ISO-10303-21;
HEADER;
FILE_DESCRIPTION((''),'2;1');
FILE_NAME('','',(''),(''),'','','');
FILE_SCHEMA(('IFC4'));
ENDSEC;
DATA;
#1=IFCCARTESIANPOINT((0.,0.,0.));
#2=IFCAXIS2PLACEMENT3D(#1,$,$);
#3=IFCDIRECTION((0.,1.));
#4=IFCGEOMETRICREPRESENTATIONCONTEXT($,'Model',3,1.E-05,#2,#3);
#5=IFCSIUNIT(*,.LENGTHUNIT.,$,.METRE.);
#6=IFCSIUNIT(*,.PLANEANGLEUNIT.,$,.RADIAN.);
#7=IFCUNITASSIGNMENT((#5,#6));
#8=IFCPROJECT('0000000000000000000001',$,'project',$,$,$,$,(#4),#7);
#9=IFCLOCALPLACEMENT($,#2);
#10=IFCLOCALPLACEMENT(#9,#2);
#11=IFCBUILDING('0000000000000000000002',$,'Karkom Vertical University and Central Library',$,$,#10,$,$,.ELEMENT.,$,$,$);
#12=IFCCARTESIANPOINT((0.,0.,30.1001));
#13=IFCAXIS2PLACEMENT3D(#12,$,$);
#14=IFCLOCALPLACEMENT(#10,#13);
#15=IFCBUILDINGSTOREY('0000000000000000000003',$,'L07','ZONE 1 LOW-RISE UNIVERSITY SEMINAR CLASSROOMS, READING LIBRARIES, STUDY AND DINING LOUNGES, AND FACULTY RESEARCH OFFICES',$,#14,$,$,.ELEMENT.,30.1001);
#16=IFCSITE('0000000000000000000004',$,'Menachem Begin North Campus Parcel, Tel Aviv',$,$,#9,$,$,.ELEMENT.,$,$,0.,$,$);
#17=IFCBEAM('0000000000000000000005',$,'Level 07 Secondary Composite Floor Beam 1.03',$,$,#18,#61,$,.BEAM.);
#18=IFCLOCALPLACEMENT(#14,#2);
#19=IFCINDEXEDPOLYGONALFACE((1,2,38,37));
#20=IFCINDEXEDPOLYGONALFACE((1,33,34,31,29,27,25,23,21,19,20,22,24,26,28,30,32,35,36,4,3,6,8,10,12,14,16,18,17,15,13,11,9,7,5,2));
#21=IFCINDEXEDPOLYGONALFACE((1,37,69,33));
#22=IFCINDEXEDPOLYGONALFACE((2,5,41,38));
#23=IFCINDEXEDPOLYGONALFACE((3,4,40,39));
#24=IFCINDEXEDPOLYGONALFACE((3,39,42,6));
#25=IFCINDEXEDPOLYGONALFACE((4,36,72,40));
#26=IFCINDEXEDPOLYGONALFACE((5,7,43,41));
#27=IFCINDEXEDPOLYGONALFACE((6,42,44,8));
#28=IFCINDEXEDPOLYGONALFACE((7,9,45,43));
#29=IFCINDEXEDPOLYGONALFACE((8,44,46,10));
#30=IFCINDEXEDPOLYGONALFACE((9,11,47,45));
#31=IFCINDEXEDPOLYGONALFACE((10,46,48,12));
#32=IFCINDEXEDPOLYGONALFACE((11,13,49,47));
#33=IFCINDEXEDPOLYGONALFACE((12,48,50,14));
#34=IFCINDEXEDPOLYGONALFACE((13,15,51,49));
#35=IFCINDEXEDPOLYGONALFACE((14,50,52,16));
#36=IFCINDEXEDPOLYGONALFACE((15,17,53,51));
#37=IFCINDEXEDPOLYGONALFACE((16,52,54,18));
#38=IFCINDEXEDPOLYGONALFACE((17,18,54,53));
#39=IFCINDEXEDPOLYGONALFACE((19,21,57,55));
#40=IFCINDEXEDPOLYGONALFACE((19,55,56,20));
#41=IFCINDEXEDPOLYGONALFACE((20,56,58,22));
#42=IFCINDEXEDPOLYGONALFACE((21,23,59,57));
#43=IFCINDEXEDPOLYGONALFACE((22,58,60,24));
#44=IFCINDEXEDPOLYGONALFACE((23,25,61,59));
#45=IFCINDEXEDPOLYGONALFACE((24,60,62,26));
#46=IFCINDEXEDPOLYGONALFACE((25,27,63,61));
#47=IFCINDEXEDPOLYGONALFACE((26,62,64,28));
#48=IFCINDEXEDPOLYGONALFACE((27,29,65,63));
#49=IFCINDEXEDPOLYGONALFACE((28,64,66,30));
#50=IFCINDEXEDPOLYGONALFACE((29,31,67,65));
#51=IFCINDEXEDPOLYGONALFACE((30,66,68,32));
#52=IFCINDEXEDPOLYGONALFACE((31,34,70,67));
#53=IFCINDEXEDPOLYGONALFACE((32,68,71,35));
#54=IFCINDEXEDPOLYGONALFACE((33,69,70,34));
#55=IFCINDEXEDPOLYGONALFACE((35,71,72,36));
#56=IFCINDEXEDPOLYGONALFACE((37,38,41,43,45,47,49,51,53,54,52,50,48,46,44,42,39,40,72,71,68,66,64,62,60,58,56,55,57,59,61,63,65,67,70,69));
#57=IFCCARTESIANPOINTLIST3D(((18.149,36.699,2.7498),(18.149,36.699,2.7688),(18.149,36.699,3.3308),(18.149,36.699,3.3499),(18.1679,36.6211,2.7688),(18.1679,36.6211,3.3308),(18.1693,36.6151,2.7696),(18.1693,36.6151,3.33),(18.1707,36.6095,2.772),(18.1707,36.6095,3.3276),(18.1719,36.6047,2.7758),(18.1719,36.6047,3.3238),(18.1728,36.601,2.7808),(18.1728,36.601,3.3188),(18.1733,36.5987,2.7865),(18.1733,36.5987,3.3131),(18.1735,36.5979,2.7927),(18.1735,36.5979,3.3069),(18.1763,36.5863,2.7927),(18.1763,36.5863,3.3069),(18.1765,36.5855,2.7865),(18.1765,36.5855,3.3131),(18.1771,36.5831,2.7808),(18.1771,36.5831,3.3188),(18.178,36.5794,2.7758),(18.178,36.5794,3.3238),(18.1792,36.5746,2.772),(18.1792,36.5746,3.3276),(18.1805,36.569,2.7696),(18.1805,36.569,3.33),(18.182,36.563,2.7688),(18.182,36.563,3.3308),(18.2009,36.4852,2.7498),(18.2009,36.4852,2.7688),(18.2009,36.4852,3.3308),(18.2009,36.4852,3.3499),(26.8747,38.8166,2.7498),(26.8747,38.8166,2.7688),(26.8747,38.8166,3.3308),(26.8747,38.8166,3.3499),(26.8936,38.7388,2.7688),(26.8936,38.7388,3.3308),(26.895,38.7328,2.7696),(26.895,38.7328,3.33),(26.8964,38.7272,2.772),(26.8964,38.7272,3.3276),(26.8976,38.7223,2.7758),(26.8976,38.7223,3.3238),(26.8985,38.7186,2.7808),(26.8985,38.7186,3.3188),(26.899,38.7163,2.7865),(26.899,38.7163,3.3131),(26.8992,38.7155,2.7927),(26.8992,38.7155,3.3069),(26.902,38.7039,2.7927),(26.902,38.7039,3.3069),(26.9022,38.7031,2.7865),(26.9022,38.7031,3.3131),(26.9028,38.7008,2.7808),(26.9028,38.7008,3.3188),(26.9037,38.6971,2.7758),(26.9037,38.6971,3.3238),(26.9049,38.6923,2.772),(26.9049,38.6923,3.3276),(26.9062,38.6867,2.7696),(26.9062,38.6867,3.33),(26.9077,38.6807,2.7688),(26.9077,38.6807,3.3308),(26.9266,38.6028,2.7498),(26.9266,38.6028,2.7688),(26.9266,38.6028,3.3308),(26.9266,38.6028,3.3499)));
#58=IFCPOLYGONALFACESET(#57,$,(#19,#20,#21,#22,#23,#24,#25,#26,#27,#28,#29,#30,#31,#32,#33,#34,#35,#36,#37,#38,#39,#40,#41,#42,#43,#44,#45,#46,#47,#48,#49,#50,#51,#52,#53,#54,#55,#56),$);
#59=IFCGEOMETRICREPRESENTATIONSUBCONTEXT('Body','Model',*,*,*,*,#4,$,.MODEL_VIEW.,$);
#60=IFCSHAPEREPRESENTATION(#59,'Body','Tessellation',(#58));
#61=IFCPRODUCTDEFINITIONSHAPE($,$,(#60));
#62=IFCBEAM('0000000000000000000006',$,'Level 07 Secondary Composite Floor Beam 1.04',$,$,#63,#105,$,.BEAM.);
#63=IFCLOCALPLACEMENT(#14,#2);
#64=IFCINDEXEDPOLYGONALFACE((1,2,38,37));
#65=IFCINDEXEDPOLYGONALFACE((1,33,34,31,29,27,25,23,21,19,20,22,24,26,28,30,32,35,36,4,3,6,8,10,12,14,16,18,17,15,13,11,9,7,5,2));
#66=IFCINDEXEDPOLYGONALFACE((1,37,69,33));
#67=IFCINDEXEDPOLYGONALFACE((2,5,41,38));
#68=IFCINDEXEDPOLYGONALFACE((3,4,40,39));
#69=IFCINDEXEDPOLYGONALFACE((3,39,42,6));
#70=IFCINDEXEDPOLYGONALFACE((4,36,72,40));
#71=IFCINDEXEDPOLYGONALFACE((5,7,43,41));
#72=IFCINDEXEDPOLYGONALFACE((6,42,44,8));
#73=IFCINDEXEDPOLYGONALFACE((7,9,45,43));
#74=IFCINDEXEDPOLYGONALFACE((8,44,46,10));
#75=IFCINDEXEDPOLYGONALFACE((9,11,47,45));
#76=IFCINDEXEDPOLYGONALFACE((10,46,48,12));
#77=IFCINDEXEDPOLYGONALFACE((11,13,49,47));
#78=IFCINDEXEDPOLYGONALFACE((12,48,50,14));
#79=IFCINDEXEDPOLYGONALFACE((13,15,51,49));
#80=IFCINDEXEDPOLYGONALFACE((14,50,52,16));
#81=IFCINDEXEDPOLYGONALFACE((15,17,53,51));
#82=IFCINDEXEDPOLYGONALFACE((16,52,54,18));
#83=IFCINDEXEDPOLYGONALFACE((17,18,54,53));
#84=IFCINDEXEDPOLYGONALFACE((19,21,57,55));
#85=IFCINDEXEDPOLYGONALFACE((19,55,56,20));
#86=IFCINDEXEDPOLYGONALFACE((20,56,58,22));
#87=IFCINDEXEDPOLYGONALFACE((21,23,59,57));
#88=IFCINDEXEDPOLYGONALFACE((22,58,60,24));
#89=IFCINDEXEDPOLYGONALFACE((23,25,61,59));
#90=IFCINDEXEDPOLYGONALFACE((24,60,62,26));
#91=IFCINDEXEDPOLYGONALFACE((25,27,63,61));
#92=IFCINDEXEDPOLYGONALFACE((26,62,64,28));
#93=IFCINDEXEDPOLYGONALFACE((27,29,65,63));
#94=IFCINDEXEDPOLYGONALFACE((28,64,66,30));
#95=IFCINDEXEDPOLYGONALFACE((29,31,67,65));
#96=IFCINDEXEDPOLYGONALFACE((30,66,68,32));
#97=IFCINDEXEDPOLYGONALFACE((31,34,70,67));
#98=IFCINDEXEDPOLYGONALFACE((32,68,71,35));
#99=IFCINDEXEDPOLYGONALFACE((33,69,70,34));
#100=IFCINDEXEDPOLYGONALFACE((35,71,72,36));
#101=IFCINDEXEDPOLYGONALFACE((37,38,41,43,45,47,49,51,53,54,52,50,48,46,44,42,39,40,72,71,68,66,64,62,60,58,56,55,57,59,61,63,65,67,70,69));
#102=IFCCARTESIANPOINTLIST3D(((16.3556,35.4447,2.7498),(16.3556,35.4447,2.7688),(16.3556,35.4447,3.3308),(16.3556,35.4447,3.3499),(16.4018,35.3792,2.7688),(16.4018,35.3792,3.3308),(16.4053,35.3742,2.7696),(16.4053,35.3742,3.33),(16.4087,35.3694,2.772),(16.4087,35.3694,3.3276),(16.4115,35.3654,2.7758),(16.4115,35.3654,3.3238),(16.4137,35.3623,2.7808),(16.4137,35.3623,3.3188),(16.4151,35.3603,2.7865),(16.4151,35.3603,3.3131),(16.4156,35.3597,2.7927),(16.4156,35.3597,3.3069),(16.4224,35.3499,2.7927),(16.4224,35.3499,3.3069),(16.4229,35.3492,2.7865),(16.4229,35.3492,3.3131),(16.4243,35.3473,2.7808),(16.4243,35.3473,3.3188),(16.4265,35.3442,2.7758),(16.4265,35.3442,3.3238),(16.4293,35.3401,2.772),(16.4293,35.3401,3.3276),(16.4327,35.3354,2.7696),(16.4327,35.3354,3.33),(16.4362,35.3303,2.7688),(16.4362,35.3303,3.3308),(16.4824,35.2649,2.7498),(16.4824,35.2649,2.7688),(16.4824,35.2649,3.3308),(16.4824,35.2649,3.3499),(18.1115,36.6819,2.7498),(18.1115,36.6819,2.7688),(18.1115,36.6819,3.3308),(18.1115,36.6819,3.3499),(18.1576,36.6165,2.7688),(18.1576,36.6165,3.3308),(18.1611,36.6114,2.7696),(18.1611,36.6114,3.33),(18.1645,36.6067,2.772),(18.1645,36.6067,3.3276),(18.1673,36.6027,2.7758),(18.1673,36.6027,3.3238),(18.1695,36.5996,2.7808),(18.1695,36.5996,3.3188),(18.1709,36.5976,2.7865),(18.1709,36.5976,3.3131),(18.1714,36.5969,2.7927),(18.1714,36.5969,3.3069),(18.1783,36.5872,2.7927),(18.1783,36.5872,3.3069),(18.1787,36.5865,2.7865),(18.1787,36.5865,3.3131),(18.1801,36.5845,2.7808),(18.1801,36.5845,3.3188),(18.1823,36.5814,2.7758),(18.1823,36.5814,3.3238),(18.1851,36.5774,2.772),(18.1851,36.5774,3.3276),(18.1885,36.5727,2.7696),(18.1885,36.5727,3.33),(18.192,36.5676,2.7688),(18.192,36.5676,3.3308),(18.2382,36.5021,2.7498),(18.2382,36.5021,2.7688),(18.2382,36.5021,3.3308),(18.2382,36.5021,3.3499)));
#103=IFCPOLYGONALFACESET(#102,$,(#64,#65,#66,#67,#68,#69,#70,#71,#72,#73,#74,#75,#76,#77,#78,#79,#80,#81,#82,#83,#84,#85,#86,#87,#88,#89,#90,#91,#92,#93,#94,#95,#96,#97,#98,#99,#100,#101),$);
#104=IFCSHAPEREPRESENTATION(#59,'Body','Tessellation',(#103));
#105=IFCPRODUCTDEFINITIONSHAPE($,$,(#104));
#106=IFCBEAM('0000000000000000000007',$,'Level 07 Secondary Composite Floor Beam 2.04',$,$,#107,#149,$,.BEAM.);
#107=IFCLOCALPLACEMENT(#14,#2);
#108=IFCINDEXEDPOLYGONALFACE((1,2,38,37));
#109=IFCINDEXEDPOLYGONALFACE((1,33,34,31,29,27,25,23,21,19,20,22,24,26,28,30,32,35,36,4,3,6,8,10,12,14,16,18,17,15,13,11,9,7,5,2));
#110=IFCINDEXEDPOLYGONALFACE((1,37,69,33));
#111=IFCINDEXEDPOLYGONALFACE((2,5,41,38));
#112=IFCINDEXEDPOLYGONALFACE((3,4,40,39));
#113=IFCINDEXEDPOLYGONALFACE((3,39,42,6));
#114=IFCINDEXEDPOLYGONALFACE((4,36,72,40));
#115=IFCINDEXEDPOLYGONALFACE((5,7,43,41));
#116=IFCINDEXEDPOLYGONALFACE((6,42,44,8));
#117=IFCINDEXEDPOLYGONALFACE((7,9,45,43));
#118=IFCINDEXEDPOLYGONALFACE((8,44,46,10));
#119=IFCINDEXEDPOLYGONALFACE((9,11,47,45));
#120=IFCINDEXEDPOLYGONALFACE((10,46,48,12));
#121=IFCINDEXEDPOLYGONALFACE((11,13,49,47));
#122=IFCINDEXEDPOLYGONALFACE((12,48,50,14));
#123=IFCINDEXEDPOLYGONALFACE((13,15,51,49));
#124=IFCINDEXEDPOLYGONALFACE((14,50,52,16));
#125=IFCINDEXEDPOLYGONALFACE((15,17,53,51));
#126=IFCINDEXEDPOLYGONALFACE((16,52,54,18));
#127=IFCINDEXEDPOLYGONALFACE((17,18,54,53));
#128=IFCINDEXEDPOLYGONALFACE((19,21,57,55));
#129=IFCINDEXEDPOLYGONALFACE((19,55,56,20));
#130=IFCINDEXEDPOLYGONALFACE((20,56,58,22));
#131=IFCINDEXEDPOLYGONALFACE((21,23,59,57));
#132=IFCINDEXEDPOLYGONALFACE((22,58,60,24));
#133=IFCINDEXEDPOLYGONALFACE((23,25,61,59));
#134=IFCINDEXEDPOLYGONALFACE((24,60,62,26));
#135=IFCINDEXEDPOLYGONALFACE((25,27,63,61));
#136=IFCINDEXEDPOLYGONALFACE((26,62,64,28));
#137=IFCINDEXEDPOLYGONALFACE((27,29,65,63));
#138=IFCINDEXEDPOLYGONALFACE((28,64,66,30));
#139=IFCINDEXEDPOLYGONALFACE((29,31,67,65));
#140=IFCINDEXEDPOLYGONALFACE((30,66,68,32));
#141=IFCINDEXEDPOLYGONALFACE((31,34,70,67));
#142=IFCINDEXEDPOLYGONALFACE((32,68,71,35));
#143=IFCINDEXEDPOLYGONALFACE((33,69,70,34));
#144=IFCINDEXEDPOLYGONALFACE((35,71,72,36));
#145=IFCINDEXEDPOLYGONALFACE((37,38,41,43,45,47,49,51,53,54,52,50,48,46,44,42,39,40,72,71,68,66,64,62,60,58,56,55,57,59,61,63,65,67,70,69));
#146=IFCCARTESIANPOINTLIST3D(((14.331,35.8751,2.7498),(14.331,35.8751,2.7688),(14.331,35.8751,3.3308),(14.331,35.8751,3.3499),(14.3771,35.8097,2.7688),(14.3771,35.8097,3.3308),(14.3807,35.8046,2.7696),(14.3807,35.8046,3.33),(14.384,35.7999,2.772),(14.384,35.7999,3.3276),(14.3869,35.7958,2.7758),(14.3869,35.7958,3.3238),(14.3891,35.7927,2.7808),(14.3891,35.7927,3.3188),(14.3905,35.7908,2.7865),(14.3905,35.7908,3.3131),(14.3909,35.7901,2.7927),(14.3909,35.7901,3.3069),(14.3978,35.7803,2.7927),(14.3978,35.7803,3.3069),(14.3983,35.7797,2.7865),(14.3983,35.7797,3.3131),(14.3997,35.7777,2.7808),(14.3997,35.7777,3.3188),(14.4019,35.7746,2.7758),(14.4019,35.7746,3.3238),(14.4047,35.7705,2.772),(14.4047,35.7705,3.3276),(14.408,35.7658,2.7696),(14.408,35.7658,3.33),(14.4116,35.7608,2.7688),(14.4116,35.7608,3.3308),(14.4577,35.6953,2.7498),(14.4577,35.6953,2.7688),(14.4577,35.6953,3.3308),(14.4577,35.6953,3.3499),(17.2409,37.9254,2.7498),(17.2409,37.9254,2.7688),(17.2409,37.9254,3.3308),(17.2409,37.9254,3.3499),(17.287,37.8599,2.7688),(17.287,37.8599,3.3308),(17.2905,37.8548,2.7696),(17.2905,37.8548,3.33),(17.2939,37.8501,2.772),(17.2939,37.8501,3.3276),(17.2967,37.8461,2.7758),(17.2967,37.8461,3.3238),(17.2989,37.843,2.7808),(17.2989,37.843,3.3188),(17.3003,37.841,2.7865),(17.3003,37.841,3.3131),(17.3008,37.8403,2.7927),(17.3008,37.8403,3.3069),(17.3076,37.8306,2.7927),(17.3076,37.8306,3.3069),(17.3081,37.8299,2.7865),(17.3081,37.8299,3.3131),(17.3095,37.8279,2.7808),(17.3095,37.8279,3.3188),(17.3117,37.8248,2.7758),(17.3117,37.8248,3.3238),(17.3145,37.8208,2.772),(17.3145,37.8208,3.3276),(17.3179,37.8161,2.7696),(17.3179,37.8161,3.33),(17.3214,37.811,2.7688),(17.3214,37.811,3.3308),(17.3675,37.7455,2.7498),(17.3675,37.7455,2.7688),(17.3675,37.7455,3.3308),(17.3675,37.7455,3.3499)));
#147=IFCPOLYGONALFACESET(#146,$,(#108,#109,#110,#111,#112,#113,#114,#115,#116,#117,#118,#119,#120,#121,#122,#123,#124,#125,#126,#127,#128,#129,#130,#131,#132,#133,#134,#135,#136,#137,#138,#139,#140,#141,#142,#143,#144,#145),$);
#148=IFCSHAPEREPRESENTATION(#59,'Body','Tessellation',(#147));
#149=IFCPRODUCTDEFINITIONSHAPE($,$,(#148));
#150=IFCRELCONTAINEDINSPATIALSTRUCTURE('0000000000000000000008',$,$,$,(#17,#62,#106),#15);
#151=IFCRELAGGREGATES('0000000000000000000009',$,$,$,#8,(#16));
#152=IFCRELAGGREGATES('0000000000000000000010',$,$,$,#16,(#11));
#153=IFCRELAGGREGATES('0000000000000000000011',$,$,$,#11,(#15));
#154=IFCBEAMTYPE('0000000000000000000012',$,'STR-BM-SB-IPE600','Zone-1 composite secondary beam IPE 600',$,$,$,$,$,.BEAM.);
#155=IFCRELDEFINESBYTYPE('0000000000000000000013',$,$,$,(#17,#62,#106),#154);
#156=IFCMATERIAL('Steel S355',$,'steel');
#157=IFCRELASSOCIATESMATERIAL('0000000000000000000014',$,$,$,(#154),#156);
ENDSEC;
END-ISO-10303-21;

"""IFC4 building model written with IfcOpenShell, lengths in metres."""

from ifc_helpers import new_model, si_unit, direction, frame, origin, origin_with_axes, origin_2d, place, context, subcontext, project, spatial, i_section, extrude, source, transform, mapped, material, material_profile, profile_set, type_object, element, save


model = new_model("IFC4")

# Units and contexts
model_context = context("Model", 3, precision=1e-05, world=origin(), true_north=direction((0.0, 1.0)))
body_context = subcontext(model_context, "Body", "Model", "MODEL_VIEW")
ifc_project = project(units=[si_unit("LENGTHUNIT", "METRE"), si_unit("PLANEANGLEUNIT", "RADIAN")], contexts=[model_context])

# Site, building, storey
site_placement = place(None, origin())
site = spatial("IfcSite", under=ifc_project, at=site_placement, Name="Menachem Begin North Campus Parcel, Tel Aviv", CompositionType="ELEMENT", RefElevation=0.0)
building_placement = place(site_placement, origin())
building = spatial("IfcBuilding", under=site, at=building_placement, Name="Karkom Vertical University and Central Library", CompositionType="ELEMENT")
storey_placement = place(building_placement, frame((0.0, 0.0, 30.1001)))
storey = spatial("IfcBuildingStorey", under=building, at=storey_placement, Name="L07", Description="ZONE 1 LOW-RISE UNIVERSITY SEMINAR CLASSROOMS, READING LIBRARIES, STUDY AND DINING LOUNGES, AND FACULTY RESEARCH OFFICES", CompositionType="ELEMENT", Elevation=30.1001)

# Beams
ifc_material_1 = material(Name="Steel S355", Category="steel")
ifc_material_profile = material_profile(ifc_material_1, i_section(OverallWidth=0.22, OverallDepth=0.6001, WebThickness=0.012, FlangeThickness=0.019, FilletRadius=0.0239, at=origin_2d()), Name="IPE 600")
ifc_profile_set = profile_set([ifc_material_profile], Name="Steel S355")
beam_type = type_object("IfcBeamType", Name="STR-BM-SB-IPE600", Description="Zone-1 composite secondary beam IPE 600", PredefinedType="BEAM", material=ifc_profile_set)
shared_shape_1 = source(origin_with_axes(), body_context, "Body", "SweptSolid", [
    extrude(i_section(OverallWidth=0.22, OverallDepth=0.6001, WebThickness=0.012, FlangeThickness=0.019, FilletRadius=0.0239, at=origin_2d()), origin(), (0.0, 0.0, 1.0), 8.979),
])
beam_1_placement = place(storey_placement, frame((26.9006, 38.7097, 3.0498), z_axis=(-0.971791, -0.235844, 0.0), x_axis=(0.235844, -0.971791, 0.0)))
element("IfcBeam", 1, at=beam_1_placement, inside=storey, type_object=beam_type, Name="Level 07 Secondary Composite Floor Beam 1.03", PredefinedType="BEAM", context=body_context, shape_type="MappedRepresentation", body=[
    mapped(shared_shape_1, transform((0.0, 0.0, 0.0), scale=1.0)),
])
shared_shape_2 = source(origin_with_axes(), body_context, "Body", "SweptSolid", [
    extrude(i_section(OverallWidth=0.22, OverallDepth=0.6001, WebThickness=0.012, FlangeThickness=0.019, FilletRadius=0.0239, at=origin_2d()), origin(), (0.0, 0.0, 1.0), 2.1479),
])
beam_2_placement = place(storey_placement, frame((18.1748, 36.592, 3.0498), z_axis=(-0.817434, -0.576023, 0.0), x_axis=(0.576023, -0.817434, 0.0)))
element("IfcBeam", 2, at=beam_2_placement, inside=storey, type_object=beam_type, Name="Level 07 Secondary Composite Floor Beam 1.04", PredefinedType="BEAM", context=body_context, shape_type="MappedRepresentation", body=[
    mapped(shared_shape_2, transform((0.0, 0.0, 0.0), scale=1.0)),
])
shared_shape_3 = source(origin_with_axes(), body_context, "Body", "SweptSolid", [
    extrude(i_section(OverallWidth=0.22, OverallDepth=0.6001, WebThickness=0.012, FlangeThickness=0.019, FilletRadius=0.0239, at=origin_2d()), origin(), (0.0, 0.0, 1.0), 3.5596),
])
beam_3_placement = place(storey_placement, frame((17.3042, 37.8354, 3.0498), z_axis=(-0.817466, -0.575977, 0.0), x_axis=(0.575977, -0.817466, 0.0)))
element("IfcBeam", 3, at=beam_3_placement, inside=storey, type_object=beam_type, Name="Level 07 Secondary Composite Floor Beam 2.04", PredefinedType="BEAM", context=body_context, shape_type="MappedRepresentation", body=[
    mapped(shared_shape_3, transform((0.0, 0.0, 0.0), scale=1.0)),
])

save(model, "model.ifc")
